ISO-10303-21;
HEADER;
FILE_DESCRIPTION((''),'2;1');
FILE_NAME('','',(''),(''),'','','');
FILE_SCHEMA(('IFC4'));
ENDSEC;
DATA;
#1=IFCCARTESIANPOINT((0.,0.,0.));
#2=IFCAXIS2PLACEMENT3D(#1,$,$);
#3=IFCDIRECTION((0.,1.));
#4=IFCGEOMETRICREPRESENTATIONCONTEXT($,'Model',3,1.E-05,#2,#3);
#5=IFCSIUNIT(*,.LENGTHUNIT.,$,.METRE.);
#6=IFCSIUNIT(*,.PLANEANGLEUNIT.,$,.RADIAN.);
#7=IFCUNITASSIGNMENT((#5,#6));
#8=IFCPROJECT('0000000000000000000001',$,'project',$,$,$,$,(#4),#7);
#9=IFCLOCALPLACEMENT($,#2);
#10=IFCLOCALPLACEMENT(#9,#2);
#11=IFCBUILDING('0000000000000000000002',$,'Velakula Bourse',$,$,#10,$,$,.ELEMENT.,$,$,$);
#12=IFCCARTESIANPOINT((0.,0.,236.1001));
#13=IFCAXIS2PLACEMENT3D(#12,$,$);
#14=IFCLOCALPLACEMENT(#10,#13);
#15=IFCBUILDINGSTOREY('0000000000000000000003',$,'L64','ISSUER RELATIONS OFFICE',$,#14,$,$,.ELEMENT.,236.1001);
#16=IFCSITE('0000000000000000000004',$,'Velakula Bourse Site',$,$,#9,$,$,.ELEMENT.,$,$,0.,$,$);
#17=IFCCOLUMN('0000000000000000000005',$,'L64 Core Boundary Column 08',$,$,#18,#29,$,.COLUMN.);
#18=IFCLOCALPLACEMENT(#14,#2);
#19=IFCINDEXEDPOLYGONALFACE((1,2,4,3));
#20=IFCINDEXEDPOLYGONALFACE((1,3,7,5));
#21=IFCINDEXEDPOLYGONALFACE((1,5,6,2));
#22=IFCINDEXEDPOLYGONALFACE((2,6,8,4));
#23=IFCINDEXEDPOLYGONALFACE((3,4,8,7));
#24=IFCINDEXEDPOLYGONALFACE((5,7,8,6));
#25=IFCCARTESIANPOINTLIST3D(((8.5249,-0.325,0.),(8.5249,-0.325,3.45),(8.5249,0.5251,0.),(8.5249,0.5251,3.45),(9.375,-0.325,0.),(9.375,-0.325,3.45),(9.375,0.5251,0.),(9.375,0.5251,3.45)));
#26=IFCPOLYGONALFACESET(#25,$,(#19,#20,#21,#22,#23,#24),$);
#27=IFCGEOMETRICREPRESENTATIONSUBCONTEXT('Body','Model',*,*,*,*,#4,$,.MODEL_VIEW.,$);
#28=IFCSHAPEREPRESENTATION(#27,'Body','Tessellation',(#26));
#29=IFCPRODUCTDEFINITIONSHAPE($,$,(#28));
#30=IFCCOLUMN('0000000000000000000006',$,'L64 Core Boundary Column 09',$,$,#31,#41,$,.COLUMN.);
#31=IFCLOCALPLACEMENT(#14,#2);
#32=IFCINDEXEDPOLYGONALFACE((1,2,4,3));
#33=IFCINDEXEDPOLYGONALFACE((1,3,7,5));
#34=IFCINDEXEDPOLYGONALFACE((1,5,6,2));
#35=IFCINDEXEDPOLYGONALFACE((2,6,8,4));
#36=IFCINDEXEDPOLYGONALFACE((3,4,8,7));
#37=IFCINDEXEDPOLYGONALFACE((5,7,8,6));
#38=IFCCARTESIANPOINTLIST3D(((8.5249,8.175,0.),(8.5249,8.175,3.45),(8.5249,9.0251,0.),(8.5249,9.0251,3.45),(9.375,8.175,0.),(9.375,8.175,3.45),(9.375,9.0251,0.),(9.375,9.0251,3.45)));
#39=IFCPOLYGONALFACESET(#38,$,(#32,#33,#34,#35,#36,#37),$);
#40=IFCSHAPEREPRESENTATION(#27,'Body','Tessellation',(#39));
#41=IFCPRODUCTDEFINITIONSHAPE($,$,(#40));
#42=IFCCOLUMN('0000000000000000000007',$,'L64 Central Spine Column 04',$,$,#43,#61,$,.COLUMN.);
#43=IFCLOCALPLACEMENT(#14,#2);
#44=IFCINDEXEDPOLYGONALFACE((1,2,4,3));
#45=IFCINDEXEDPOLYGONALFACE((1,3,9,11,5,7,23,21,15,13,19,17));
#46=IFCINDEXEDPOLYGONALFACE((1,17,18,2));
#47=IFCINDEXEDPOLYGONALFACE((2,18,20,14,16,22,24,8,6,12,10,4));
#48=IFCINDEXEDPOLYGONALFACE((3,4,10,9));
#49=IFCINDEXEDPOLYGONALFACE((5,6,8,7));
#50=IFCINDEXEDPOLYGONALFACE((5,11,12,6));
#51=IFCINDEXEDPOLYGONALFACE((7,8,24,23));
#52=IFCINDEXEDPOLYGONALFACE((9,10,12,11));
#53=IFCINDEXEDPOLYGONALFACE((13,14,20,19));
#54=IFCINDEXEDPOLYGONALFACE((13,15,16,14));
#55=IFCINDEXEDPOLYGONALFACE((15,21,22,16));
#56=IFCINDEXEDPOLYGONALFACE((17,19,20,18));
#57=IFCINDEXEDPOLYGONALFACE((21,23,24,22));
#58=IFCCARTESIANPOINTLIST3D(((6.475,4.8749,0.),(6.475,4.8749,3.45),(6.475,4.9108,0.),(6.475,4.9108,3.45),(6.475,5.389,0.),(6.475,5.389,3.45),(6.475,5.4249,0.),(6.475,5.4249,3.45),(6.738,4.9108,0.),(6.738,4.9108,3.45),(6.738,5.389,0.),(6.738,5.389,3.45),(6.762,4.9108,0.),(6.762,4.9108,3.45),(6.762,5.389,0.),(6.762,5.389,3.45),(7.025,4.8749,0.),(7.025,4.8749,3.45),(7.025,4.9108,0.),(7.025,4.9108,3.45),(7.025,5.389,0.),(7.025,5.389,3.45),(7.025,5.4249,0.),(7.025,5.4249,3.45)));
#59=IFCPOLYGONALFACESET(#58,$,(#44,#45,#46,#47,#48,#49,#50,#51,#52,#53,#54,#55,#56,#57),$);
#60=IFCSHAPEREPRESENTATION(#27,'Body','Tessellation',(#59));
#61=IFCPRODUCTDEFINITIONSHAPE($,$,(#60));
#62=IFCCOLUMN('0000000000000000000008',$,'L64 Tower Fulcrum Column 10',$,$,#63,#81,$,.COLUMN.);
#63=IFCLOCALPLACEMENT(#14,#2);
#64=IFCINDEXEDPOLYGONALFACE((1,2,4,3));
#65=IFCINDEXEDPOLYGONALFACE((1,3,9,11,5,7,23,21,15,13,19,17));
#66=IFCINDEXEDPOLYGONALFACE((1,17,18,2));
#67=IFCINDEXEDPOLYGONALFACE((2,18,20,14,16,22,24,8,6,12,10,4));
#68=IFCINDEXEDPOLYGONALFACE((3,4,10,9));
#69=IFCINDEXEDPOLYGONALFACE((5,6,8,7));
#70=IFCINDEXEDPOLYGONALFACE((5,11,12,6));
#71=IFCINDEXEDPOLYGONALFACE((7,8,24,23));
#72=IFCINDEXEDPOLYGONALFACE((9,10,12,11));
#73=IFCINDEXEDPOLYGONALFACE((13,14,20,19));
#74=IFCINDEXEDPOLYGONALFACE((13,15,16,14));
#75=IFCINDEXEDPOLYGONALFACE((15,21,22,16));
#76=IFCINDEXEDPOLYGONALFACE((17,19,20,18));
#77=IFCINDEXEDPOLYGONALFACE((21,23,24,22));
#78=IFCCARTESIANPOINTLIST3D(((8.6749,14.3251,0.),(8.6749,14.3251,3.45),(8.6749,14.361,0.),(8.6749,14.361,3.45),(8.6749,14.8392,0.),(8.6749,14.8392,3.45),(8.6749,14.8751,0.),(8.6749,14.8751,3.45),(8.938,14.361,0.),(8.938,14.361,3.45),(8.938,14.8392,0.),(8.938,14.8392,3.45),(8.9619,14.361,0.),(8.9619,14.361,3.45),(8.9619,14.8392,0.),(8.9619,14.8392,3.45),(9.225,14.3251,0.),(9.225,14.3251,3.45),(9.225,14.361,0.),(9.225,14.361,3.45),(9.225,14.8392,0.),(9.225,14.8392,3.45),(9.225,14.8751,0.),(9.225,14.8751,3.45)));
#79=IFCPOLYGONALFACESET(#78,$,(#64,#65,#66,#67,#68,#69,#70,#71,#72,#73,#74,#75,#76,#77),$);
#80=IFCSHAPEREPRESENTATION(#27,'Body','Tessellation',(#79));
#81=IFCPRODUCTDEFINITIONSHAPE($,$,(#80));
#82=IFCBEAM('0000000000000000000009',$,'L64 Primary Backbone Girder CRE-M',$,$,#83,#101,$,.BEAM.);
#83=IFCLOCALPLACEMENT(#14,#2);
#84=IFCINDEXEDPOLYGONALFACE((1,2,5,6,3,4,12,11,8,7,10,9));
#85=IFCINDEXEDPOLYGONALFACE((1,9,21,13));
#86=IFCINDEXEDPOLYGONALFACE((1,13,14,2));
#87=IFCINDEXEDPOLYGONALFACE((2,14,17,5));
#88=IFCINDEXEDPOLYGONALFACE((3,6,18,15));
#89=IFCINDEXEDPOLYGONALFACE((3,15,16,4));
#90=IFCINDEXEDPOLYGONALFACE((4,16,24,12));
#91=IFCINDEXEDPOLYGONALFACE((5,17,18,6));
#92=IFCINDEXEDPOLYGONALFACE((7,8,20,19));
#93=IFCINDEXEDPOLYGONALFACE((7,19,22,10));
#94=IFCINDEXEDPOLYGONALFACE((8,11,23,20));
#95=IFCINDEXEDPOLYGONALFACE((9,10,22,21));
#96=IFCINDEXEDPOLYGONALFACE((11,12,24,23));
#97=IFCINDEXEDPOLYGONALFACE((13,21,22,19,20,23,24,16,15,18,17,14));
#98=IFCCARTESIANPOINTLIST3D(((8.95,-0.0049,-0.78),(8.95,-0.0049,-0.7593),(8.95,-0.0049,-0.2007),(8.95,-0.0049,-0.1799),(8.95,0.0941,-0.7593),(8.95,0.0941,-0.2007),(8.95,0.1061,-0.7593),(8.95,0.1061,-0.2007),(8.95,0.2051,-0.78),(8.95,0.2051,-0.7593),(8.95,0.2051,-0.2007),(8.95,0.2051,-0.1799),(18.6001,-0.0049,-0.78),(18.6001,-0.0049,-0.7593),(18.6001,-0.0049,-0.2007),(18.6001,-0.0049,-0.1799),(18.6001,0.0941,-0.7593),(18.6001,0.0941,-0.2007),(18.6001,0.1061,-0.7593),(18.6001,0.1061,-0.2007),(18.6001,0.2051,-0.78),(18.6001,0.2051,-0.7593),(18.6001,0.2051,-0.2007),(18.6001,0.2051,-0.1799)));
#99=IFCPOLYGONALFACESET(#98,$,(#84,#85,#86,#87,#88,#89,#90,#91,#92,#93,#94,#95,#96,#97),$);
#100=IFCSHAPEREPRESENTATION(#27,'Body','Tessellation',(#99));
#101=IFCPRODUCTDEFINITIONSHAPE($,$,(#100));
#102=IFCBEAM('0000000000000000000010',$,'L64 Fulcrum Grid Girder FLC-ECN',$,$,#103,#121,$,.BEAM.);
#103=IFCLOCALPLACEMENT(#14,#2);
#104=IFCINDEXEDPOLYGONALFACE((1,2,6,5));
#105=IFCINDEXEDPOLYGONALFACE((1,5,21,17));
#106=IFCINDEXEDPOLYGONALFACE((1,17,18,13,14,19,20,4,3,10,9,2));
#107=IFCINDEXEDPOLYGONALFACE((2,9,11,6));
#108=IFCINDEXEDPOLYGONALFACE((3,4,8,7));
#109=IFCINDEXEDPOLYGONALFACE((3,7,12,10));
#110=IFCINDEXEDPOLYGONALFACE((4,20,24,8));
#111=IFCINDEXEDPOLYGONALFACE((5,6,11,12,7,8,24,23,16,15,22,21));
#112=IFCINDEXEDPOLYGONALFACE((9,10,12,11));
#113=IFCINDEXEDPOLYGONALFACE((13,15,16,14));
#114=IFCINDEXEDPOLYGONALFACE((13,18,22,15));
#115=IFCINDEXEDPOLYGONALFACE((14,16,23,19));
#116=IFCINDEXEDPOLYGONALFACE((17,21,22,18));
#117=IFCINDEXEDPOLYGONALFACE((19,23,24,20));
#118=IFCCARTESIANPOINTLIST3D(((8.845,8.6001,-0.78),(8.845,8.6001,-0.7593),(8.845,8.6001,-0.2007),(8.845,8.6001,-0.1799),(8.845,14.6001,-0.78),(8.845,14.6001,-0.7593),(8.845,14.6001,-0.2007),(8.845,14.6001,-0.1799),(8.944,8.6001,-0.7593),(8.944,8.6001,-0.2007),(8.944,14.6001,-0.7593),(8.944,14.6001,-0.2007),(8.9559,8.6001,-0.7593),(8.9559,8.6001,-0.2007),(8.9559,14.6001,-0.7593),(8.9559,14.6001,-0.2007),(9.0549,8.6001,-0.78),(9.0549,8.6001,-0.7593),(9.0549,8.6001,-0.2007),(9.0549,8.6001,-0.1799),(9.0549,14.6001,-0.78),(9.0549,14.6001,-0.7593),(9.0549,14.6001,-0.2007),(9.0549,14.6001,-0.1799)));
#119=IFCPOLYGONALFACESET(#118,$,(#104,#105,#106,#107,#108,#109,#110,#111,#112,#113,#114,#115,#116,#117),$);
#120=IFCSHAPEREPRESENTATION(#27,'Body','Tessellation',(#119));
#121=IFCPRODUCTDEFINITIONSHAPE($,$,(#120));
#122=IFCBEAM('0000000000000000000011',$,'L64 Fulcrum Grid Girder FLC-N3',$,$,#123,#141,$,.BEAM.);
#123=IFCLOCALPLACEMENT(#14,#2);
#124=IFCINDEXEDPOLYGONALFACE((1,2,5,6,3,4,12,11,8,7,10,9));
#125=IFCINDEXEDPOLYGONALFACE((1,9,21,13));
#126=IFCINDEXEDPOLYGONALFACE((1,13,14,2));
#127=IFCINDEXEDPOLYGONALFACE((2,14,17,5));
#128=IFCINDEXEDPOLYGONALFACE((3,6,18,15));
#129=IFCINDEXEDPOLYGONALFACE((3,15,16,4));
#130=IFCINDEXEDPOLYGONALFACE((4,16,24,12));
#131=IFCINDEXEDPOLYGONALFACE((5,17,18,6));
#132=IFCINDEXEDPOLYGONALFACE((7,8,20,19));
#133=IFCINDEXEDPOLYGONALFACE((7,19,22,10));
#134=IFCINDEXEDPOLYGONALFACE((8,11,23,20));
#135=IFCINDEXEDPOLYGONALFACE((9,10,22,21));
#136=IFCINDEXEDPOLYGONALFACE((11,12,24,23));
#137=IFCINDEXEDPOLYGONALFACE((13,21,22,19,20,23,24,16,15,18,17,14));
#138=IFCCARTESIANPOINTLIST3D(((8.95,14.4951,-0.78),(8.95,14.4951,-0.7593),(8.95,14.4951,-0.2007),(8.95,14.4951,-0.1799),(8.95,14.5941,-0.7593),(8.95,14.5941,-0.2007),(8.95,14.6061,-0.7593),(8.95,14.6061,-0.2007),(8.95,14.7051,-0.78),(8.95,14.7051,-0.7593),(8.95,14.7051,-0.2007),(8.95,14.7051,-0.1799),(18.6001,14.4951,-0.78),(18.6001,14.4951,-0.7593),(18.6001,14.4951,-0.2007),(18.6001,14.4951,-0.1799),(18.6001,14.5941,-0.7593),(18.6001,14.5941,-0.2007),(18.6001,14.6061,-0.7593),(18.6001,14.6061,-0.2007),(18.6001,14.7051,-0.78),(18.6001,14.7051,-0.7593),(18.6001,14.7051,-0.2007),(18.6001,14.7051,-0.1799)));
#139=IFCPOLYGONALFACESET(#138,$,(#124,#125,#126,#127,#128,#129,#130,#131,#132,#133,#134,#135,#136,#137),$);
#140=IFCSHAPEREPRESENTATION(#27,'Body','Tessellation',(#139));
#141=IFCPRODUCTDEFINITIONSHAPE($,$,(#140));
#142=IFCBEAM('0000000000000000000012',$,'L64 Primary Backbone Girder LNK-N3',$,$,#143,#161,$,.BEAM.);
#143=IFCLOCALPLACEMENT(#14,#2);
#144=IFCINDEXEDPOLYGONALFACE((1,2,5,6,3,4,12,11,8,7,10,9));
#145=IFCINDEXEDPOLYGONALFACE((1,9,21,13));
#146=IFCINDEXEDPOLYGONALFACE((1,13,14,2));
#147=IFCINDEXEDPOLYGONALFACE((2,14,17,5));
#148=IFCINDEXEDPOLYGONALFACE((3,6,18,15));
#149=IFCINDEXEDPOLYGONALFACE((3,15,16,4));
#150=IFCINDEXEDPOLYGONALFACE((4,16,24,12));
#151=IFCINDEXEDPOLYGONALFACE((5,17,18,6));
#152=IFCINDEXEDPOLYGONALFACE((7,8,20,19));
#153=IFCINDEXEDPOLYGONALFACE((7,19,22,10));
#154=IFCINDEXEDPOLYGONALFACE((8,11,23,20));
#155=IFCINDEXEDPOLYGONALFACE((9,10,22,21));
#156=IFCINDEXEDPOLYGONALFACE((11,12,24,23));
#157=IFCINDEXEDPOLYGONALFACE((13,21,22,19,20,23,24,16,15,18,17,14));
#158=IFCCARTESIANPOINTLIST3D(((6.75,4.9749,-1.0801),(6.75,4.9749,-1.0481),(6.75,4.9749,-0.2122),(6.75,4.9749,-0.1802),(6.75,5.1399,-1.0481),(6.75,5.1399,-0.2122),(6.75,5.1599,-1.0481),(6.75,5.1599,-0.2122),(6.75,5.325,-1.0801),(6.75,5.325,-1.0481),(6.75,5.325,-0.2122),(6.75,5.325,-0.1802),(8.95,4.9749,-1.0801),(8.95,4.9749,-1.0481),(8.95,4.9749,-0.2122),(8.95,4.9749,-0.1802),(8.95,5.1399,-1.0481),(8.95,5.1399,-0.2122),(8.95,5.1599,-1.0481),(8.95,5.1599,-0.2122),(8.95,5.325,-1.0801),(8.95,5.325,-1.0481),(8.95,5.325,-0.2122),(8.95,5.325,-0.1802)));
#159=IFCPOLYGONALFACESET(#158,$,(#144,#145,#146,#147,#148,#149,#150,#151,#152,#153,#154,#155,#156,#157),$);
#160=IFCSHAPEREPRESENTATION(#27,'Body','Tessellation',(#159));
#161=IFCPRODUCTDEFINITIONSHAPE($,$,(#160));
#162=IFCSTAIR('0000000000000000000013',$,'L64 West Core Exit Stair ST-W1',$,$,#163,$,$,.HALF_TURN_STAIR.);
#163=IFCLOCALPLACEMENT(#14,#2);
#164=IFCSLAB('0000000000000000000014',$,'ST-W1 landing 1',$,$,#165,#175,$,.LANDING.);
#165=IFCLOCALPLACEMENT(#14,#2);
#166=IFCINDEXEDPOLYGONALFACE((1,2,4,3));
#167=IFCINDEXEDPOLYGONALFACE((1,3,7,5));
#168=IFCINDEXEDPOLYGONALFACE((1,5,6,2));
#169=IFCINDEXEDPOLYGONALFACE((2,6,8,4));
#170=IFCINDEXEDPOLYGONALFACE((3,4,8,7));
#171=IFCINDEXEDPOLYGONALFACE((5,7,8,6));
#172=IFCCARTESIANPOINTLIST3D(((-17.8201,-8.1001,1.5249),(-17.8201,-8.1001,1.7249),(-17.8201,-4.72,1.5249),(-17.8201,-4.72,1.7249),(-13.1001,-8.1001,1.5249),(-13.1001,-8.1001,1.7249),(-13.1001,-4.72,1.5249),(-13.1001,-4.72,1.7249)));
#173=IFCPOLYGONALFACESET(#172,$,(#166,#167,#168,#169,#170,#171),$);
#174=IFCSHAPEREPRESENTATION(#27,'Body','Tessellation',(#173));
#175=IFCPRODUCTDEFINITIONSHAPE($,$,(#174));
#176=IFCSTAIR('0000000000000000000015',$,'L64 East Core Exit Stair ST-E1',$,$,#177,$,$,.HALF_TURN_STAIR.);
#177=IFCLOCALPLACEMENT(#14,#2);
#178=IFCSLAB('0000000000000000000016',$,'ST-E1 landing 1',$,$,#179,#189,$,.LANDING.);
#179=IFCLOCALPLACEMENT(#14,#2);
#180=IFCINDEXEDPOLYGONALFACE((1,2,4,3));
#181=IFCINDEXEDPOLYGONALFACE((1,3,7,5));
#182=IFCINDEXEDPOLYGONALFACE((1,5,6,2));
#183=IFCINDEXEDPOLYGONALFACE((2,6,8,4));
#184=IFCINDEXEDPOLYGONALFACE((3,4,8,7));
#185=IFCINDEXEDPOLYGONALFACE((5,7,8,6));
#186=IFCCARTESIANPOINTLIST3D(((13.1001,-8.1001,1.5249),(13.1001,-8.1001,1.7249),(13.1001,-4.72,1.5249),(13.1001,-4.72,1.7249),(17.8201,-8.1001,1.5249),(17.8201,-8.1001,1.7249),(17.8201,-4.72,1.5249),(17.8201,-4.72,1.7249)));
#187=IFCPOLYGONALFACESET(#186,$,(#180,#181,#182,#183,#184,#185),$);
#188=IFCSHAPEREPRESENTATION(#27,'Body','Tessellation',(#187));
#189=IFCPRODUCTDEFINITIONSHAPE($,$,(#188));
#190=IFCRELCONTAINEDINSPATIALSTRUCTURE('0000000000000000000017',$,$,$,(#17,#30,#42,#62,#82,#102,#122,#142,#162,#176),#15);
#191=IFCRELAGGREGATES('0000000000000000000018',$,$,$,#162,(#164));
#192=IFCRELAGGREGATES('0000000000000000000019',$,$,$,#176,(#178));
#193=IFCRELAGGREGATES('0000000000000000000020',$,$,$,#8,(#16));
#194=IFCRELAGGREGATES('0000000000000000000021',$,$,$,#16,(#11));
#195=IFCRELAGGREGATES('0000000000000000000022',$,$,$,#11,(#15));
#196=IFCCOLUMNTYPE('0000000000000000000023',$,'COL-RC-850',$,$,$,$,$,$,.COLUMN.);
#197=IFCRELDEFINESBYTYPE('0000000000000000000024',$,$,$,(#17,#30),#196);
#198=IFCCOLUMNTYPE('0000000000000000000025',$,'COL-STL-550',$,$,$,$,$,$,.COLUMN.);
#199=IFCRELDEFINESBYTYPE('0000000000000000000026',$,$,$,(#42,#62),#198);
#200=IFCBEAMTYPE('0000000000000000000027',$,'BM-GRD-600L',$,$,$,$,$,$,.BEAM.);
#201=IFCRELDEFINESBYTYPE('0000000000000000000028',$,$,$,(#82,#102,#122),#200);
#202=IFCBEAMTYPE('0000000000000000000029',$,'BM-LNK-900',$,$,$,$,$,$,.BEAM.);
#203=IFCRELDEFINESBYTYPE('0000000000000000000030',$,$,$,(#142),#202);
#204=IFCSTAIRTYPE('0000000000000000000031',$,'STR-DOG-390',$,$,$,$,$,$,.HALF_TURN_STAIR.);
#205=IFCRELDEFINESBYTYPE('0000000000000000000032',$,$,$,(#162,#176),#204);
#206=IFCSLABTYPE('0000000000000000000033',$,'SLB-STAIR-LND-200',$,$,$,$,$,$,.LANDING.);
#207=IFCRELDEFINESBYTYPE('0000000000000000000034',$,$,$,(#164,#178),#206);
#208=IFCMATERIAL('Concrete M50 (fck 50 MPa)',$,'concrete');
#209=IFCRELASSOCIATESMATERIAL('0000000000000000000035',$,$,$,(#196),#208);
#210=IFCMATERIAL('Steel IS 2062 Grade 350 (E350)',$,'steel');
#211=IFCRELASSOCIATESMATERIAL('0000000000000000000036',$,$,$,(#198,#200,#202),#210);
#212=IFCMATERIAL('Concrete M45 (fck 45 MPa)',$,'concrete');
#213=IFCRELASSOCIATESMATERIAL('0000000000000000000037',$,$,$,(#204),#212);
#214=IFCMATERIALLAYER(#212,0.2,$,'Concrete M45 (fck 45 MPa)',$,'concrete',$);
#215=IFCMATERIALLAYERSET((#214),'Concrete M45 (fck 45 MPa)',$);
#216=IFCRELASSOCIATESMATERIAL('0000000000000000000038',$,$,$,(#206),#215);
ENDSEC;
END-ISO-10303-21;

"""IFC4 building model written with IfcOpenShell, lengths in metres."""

from ifc_helpers import new_model, si_unit, direction, frame, origin, origin_2d, place, context, subcontext, project, spatial, polyline, rectangle, i_section, outline, extrude, material, layer, layer_set, material_profile, profile_set, type_object, element, aggregate, save


model = new_model("IFC4")

# Units and contexts
model_context = context("Model", 3, precision=1e-05, world=origin(), true_north=direction((0.0, 1.0)))
body_context = subcontext(model_context, "Body", "Model", "MODEL_VIEW")
ifc_project = project(units=[si_unit("LENGTHUNIT", "METRE"), si_unit("PLANEANGLEUNIT", "RADIAN")], contexts=[model_context])

# Site, building, storey
site_placement = place(None, origin())
site = spatial("IfcSite", under=ifc_project, at=site_placement, Name="Velakula Bourse Site", CompositionType="ELEMENT", RefElevation=0.0)
building_placement = place(site_placement, origin())
building = spatial("IfcBuilding", under=site, at=building_placement, Name="Velakula Bourse", CompositionType="ELEMENT")
storey_placement = place(building_placement, frame((0.0, 0.0, 236.1001)))
storey = spatial("IfcBuildingStorey", under=building, at=storey_placement, Name="L64", Description="ISSUER RELATIONS OFFICE", CompositionType="ELEMENT", Elevation=236.1001)

# Columns
ifc_material_1 = material(Name="Concrete M50 (fck 50 MPa)", Category="concrete")
ifc_material_profile_1 = material_profile(ifc_material_1, rectangle(XDim=0.8501, YDim=0.8501, at=origin_2d()), Name="Concrete M50 (fck 50 MPa)")
ifc_profile_set_1 = profile_set([ifc_material_profile_1], Name="Concrete M50 (fck 50 MPa)")
column_type_1 = type_object("IfcColumnType", Name="COL-RC-850", PredefinedType="COLUMN", material=ifc_profile_set_1)
for number, where, z_axis, x_axis, name in (
    (1, (8.95, 0.1001, 0.0), (0.0, 0.0, 1.0), (1.0, 0.0, 0.0), "L64 Core Boundary Column 08"),
    (2, (8.95, 8.6001, 0.0), (0.0, 0.0, 1.0), (1.0, 0.0, 0.0), "L64 Core Boundary Column 09"),
):
    element("IfcColumn", number, at=place(storey_placement, frame(where, z_axis=z_axis, x_axis=x_axis)), inside=storey, type_object=column_type_1, Name=name, PredefinedType="COLUMN", context=body_context, shape_type="SweptSolid", body=[
        extrude(rectangle(XDim=0.8501, YDim=0.8501, at=origin_2d()), origin(), (0.0, 0.0, 1.0), 3.45),
    ])
ifc_material_2 = material(Name="Steel IS 2062 Grade 350 (E350)", Category="steel")
ifc_material_profile_2 = material_profile(ifc_material_2, i_section(OverallWidth=0.55, OverallDepth=0.55, WebThickness=0.0239, FlangeThickness=0.0359, at=origin_2d()), Name="Steel IS 2062 Grade 350 (E350)")
ifc_profile_set_2 = profile_set([ifc_material_profile_2], Name="Steel IS 2062 Grade 350 (E350)")
column_type_2 = type_object("IfcColumnType", Name="COL-STL-550", PredefinedType="COLUMN", material=ifc_profile_set_2)
for number, where, z_axis, x_axis, name in (
    (3, (6.75, 5.1499, 0.0), (0.0, 0.0, 1.0), (1.0, 0.0, 0.0), "L64 Central Spine Column 04"),
    (4, (8.95, 14.6001, 0.0), (0.0, 0.0, 1.0), (1.0, 0.0, 0.0), "L64 Tower Fulcrum Column 10"),
):
    element("IfcColumn", number, at=place(storey_placement, frame(where, z_axis=z_axis, x_axis=x_axis)), inside=storey, type_object=column_type_2, Name=name, PredefinedType="COLUMN", context=body_context, shape_type="SweptSolid", body=[
        extrude(i_section(OverallWidth=0.55, OverallDepth=0.55, WebThickness=0.0239, FlangeThickness=0.0359, at=origin_2d()), origin(), (0.0, 0.0, 1.0), 3.45),
    ])

# Beams
ifc_material_profile_3 = material_profile(ifc_material_2, i_section(OverallWidth=0.21, OverallDepth=0.6001, WebThickness=0.012, FlangeThickness=0.0208, at=origin_2d()), Name="Steel IS 2062 Grade 350 (E350)")
ifc_profile_set_3 = profile_set([ifc_material_profile_3], Name="Steel IS 2062 Grade 350 (E350)")
beam_type_1 = type_object("IfcBeamType", Name="BM-GRD-600L", PredefinedType="BEAM", material=ifc_profile_set_3)
beam_1_placement = place(storey_placement, frame((8.95, 0.1001, -0.48), z_axis=(1.0, 0.0, 0.0), x_axis=(0.0, 1.0, 0.0)))
element("IfcBeam", 5, at=beam_1_placement, inside=storey, type_object=beam_type_1, Name="L64 Primary Backbone Girder CRE-M", PredefinedType="BEAM", context=body_context, shape_type="SweptSolid", body=[
    extrude(i_section(OverallWidth=0.21, OverallDepth=0.6001, WebThickness=0.012, FlangeThickness=0.0208, at=origin_2d()), origin(), (0.0, 0.0, 1.0), 9.6501),
])
beam_2_placement = place(storey_placement, frame((8.95, 8.6001, -0.48), z_axis=(0.0, 1.0, 0.0), x_axis=(-1.0, 0.0, 0.0)))
element("IfcBeam", 6, at=beam_2_placement, inside=storey, type_object=beam_type_1, Name="L64 Fulcrum Grid Girder FLC-ECN", PredefinedType="BEAM", context=body_context, shape_type="SweptSolid", body=[
    extrude(i_section(OverallWidth=0.21, OverallDepth=0.6001, WebThickness=0.012, FlangeThickness=0.0208, at=origin_2d()), origin(), (0.0, 0.0, 1.0), 6.0),
])
beam_3_placement = place(storey_placement, frame((8.95, 14.6001, -0.48), z_axis=(1.0, 0.0, 0.0), x_axis=(0.0, 1.0, 0.0)))
element("IfcBeam", 7, at=beam_3_placement, inside=storey, type_object=beam_type_1, Name="L64 Fulcrum Grid Girder FLC-N3", PredefinedType="BEAM", context=body_context, shape_type="SweptSolid", body=[
    extrude(i_section(OverallWidth=0.21, OverallDepth=0.6001, WebThickness=0.012, FlangeThickness=0.0208, at=origin_2d()), origin(), (0.0, 0.0, 1.0), 9.6501),
])
ifc_material_profile_4 = material_profile(ifc_material_2, i_section(OverallWidth=0.3501, OverallDepth=0.8999, WebThickness=0.02, FlangeThickness=0.032, at=origin_2d()), Name="Steel IS 2062 Grade 350 (E350)")
ifc_profile_set_4 = profile_set([ifc_material_profile_4], Name="Steel IS 2062 Grade 350 (E350)")
beam_type_2 = type_object("IfcBeamType", Name="BM-LNK-900", PredefinedType="BEAM", material=ifc_profile_set_4)
beam_4_placement = place(storey_placement, frame((6.75, 5.1499, -0.6301), z_axis=(1.0, 0.0, 0.0), x_axis=(0.0, 1.0, 0.0)))
element("IfcBeam", 8, at=beam_4_placement, inside=storey, type_object=beam_type_2, Name="L64 Primary Backbone Girder LNK-N3", PredefinedType="BEAM", context=body_context, shape_type="SweptSolid", body=[
    extrude(i_section(OverallWidth=0.3501, OverallDepth=0.8999, WebThickness=0.02, FlangeThickness=0.032, at=origin_2d()), origin(), (0.0, 0.0, 1.0), 2.2),
])

# Stairs, slabs
ifc_material_3 = material(Name="Concrete M45 (fck 45 MPa)", Category="concrete")
stair_type = type_object("IfcStairType", Name="STR-DOG-390", PredefinedType="HALF_TURN_STAIR", material=ifc_material_3)
stair_1_placement = place(storey_placement, origin())
stair_1 = element("IfcStair", 9, at=stair_1_placement, inside=storey, type_object=stair_type, Name="L64 West Core Exit Stair ST-W1", PredefinedType="HALF_TURN_STAIR")
ifc_layer_1 = layer(ifc_material_3, 0.2, Name="Concrete M45 (fck 45 MPa)", Category="concrete")
ifc_layer_set_1 = layer_set([ifc_layer_1], Name="Concrete M45 (fck 45 MPa)")
slab_type_1 = type_object("IfcSlabType", Name="SLB-STAIR-LND-200", PredefinedType="LANDING", material=ifc_layer_set_1)
slab_1_placement = place(storey_placement, frame((0.0, 0.0, 1.5249)))
slab_1 = element("IfcSlab", 10, at=slab_1_placement, type_object=slab_type_1, Name="ST-W1 landing 1", PredefinedType="LANDING", context=body_context, shape_type="SweptSolid", body=[
    extrude(outline(polyline([(-17.8201, -4.72), (-17.8201, -8.1001), (-13.1001, -8.1001), (-13.1001, -4.72), (-17.8201, -4.72)])), origin(), (0.0, 0.0, 1.0), 0.2),
])
aggregate(stair_1, [slab_1])
stair_2_placement = place(storey_placement, origin())
stair_2 = element("IfcStair", 11, at=stair_2_placement, inside=storey, type_object=stair_type, Name="L64 East Core Exit Stair ST-E1", PredefinedType="HALF_TURN_STAIR")
slab_2_placement = place(storey_placement, frame((0.0, 0.0, 1.5249)))
slab_2 = element("IfcSlab", 12, at=slab_2_placement, type_object=slab_type_1, Name="ST-E1 landing 1", PredefinedType="LANDING", context=body_context, shape_type="SweptSolid", body=[
    extrude(outline(polyline([(13.1001, -4.72), (13.1001, -8.1001), (17.8201, -8.1001), (17.8201, -4.72), (13.1001, -4.72)])), origin(), (0.0, 0.0, 1.0), 0.2),
])
aggregate(stair_2, [slab_2])

save(model, "model.ifc")
